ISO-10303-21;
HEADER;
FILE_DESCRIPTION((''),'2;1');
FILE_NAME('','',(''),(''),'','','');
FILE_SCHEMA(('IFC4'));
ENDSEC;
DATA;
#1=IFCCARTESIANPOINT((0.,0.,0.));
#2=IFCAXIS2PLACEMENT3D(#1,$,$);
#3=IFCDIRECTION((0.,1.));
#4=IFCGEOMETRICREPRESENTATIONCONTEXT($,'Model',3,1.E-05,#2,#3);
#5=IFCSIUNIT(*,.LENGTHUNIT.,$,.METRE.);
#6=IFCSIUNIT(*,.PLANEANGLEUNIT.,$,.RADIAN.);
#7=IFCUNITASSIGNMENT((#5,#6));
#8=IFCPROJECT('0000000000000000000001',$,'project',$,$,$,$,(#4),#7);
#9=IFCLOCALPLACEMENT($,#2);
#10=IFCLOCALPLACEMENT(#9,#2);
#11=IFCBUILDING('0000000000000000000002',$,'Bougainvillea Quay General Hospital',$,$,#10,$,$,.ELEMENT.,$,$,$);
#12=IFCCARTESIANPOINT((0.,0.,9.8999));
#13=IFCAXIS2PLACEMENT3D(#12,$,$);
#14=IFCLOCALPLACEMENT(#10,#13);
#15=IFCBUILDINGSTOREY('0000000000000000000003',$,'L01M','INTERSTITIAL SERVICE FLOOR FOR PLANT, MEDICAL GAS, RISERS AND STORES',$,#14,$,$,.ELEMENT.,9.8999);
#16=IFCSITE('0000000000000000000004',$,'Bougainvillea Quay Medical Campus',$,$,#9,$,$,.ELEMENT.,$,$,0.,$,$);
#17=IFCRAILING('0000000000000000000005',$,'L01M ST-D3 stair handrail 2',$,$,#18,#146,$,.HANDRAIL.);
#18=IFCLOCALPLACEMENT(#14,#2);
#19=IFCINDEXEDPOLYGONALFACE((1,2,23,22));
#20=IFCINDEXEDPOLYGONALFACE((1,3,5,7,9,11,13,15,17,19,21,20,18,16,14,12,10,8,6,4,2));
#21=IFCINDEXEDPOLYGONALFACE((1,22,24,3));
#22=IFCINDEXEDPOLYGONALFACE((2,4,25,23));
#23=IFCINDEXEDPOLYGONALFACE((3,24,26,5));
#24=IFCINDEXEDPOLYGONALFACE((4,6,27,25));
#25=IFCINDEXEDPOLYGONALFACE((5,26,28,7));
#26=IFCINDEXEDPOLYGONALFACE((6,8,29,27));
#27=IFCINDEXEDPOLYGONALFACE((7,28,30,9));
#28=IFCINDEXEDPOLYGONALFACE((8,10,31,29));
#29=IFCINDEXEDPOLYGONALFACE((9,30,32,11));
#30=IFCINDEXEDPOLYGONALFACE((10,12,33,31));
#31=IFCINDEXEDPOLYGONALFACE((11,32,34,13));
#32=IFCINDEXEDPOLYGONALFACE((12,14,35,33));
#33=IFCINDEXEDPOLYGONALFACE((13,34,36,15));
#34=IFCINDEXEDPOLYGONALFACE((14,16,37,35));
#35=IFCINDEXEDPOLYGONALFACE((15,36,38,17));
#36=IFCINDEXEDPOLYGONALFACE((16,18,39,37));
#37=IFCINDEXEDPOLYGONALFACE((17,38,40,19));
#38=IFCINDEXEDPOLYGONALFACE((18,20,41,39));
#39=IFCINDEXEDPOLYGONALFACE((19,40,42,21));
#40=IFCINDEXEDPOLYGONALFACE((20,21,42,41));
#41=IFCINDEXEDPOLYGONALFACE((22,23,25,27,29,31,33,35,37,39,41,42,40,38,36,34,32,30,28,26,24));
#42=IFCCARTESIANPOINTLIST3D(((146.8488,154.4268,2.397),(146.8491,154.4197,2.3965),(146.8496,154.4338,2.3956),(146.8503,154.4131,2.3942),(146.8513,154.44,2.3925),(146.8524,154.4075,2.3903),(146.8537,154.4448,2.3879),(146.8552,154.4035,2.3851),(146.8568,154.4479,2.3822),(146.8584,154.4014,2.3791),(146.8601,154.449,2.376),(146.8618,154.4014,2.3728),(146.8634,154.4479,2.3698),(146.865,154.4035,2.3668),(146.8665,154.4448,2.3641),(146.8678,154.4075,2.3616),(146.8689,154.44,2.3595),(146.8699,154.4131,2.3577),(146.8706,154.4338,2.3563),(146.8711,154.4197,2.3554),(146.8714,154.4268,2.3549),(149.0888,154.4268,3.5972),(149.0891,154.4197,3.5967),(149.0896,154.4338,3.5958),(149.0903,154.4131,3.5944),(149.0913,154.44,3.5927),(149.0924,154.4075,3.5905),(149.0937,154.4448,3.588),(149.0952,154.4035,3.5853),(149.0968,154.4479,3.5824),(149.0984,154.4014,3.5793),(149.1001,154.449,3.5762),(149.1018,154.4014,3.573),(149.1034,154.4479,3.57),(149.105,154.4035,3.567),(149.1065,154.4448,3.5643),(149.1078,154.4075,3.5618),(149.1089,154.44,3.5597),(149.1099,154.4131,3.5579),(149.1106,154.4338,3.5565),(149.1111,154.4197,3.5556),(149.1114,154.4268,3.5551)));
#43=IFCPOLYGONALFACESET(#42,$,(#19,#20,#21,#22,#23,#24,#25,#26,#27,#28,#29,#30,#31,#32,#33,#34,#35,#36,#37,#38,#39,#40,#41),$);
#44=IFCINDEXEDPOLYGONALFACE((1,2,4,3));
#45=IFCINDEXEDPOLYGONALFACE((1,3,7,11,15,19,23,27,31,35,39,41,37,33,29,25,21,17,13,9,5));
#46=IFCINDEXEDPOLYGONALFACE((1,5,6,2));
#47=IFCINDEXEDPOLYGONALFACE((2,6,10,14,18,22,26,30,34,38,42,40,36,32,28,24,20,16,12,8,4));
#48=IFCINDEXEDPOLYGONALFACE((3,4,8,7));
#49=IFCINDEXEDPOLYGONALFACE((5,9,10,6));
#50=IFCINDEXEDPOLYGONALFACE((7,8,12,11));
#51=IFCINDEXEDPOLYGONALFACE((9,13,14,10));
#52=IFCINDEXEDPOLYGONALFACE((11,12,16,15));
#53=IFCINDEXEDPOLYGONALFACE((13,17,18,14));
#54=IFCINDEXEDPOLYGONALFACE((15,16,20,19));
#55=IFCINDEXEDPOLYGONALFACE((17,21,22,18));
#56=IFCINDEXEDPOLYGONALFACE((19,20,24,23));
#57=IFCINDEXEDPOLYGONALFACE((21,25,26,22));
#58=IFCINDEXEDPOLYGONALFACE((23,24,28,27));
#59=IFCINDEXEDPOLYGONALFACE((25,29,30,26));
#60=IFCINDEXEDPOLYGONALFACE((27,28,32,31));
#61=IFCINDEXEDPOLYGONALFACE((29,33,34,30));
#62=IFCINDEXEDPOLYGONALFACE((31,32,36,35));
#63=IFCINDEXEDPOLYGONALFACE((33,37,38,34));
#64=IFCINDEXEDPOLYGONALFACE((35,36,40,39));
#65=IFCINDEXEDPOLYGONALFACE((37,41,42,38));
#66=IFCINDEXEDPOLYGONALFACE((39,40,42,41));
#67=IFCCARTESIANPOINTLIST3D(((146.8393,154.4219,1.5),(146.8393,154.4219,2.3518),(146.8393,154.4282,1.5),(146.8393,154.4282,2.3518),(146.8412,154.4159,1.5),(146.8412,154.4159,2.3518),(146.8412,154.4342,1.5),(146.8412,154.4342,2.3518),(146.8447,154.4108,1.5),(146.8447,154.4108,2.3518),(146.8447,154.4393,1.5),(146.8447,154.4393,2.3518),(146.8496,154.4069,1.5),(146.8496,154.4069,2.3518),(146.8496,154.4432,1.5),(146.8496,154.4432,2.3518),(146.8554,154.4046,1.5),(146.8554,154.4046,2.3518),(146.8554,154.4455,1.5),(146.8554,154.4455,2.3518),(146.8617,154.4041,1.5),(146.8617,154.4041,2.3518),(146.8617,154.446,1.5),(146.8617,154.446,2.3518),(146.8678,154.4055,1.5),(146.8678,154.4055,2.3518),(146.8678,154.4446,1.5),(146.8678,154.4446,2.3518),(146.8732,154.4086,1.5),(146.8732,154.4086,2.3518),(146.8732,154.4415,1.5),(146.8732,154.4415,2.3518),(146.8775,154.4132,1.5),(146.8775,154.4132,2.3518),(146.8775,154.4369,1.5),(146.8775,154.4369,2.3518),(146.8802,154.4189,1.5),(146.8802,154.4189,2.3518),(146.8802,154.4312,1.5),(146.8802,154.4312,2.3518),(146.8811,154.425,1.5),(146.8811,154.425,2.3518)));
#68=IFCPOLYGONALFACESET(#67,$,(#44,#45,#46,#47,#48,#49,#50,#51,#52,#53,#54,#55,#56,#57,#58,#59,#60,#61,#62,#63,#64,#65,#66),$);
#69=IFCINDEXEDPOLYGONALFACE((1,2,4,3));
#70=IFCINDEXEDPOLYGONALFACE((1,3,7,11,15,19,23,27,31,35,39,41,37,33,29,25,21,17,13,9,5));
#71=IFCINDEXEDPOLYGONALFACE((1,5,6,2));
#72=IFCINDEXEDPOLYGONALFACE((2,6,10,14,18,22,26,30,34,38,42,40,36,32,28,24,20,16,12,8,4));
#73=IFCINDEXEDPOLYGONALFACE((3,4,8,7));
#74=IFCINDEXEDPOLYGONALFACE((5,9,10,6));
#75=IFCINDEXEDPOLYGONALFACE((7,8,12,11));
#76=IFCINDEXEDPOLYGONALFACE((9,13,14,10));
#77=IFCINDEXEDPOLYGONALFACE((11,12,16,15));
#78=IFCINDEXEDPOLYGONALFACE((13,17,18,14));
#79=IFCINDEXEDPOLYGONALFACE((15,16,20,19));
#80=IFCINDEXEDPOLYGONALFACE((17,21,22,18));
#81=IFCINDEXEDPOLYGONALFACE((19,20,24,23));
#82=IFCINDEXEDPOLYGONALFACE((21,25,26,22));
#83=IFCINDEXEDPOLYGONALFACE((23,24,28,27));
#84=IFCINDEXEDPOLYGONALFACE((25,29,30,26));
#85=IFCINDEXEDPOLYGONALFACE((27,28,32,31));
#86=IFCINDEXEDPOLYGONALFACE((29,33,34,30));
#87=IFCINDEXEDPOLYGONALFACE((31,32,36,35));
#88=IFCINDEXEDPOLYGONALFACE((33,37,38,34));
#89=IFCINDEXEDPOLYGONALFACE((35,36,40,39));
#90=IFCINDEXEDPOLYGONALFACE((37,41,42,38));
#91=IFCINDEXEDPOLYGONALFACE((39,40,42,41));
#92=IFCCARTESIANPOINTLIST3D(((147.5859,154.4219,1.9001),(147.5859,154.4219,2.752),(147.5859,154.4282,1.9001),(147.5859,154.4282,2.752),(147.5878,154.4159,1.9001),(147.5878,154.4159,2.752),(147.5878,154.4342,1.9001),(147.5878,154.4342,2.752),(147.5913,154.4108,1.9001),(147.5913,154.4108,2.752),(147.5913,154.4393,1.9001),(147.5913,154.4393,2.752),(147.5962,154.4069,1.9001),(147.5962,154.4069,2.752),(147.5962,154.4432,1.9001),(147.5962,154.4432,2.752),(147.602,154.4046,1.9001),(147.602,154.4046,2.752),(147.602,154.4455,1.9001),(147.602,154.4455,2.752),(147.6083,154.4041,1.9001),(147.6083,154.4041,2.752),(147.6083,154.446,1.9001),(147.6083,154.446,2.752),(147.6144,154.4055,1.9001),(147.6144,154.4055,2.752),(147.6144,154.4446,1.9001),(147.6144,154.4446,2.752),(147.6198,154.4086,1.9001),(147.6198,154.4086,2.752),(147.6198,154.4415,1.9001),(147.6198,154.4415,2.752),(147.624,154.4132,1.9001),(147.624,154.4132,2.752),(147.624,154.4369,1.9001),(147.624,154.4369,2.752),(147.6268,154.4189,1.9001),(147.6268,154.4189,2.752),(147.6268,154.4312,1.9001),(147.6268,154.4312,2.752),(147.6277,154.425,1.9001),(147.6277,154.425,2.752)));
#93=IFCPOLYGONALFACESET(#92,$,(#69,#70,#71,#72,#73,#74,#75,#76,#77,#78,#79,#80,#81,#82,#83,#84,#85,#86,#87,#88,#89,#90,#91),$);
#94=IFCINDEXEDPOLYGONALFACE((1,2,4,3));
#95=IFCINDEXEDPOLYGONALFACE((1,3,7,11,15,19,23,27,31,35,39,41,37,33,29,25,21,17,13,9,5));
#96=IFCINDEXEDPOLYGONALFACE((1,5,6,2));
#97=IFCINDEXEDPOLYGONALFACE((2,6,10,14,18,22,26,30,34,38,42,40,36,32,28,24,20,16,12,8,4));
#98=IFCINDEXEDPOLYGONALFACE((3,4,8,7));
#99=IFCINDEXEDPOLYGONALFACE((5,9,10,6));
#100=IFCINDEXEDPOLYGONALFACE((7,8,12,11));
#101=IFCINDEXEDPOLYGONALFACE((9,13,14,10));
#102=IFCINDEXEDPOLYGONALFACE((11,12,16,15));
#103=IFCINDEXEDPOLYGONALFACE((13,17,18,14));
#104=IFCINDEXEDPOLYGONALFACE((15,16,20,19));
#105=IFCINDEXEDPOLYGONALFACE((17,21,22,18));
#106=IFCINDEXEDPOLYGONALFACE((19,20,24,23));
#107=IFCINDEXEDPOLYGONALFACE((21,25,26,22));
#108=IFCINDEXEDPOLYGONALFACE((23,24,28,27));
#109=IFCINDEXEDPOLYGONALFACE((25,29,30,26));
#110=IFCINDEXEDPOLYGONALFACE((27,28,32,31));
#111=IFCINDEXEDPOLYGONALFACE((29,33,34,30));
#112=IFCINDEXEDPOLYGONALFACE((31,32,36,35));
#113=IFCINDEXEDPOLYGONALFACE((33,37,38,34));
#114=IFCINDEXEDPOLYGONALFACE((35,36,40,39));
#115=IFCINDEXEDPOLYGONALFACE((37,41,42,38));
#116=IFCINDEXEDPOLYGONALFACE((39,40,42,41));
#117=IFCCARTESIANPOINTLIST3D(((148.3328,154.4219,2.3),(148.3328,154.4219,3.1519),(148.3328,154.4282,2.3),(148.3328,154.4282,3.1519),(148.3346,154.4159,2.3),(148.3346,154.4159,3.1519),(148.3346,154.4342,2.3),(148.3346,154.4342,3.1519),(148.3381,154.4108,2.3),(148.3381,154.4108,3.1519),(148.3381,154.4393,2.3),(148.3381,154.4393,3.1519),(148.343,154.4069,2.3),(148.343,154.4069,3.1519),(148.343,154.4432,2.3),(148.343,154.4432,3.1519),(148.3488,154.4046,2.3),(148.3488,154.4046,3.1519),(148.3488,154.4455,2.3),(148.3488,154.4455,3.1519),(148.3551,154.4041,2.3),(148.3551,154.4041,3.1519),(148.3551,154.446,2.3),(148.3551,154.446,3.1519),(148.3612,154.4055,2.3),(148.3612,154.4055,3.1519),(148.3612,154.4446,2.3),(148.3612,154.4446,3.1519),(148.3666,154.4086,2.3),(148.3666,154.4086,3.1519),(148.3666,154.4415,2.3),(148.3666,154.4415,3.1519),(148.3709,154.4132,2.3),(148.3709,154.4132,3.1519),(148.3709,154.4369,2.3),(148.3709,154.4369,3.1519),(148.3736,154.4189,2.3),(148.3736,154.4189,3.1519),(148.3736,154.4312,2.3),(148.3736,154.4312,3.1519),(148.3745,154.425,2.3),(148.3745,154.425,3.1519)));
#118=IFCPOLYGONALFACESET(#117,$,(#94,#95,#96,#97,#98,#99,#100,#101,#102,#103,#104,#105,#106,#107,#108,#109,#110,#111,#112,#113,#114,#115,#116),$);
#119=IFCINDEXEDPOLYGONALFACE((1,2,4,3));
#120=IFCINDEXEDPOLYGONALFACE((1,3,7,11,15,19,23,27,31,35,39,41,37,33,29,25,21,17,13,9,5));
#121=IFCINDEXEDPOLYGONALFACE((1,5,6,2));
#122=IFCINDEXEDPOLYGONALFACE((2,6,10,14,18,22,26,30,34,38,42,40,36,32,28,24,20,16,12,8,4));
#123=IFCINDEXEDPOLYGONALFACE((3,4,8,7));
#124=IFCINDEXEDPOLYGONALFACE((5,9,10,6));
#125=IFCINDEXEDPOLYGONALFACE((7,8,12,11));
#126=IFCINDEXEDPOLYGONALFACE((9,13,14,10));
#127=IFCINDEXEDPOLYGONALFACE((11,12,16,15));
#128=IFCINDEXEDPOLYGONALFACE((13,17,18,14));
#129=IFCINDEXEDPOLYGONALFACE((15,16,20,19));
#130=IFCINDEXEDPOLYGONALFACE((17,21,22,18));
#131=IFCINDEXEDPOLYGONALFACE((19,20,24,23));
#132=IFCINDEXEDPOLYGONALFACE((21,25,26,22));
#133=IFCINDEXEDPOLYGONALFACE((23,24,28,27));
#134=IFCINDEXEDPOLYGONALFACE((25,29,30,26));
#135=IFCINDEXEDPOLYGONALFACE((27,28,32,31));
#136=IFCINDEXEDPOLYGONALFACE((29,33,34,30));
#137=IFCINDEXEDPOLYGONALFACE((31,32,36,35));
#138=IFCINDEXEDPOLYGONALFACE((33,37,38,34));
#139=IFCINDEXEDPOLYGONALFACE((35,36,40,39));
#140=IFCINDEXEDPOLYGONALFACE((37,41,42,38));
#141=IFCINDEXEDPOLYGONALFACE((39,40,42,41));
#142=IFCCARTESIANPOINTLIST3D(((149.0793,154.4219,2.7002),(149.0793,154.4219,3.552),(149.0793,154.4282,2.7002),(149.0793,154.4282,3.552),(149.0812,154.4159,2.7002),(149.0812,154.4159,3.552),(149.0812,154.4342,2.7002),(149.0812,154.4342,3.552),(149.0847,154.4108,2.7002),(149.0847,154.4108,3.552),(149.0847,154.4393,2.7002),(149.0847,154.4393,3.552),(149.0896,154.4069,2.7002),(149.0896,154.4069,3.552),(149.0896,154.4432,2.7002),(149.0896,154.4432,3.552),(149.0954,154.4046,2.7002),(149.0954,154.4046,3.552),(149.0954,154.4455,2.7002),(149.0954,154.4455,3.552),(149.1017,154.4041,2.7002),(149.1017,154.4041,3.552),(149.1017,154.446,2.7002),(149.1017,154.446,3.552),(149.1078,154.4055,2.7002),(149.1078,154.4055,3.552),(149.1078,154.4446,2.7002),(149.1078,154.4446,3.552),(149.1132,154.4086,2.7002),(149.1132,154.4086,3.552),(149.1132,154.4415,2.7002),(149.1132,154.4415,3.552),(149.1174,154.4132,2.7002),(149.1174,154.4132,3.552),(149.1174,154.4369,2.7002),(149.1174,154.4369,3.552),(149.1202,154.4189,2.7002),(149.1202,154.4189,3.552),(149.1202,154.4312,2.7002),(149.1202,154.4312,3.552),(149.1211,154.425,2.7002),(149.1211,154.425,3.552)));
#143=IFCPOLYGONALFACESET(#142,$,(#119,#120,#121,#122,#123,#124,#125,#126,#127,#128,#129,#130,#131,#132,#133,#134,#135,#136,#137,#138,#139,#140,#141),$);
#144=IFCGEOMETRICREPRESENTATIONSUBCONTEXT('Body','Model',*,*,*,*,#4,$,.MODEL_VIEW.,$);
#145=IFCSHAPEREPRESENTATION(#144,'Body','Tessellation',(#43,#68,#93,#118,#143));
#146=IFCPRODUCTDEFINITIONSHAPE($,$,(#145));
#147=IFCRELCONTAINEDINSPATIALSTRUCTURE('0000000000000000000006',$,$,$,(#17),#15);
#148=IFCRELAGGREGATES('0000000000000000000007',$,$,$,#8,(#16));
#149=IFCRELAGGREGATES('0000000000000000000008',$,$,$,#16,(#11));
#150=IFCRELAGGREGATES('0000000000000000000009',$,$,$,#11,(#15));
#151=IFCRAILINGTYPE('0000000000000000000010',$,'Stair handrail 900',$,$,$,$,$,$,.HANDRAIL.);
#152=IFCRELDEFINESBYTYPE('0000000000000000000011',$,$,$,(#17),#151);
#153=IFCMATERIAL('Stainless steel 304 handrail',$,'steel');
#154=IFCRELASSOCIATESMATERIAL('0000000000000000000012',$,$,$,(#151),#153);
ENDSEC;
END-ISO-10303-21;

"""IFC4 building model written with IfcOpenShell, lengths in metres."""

from ifc_helpers import new_model, si_unit, direction, frame, origin, origin_2d, place, context, subcontext, project, spatial, circle, extrude, material, type_object, element, save


model = new_model("IFC4")

# Units and contexts
model_context = context("Model", 3, precision=1e-05, world=origin(), true_north=direction((0.0, 1.0)))
body_context = subcontext(model_context, "Body", "Model", "MODEL_VIEW")
ifc_project = project(units=[si_unit("LENGTHUNIT", "METRE"), si_unit("PLANEANGLEUNIT", "RADIAN")], contexts=[model_context])

# Site, building, storey
site_placement = place(None, origin())
site = spatial("IfcSite", under=ifc_project, at=site_placement, Name="Bougainvillea Quay Medical Campus", CompositionType="ELEMENT", RefElevation=0.0)
building_placement = place(site_placement, origin())
building = spatial("IfcBuilding", under=site, at=building_placement, Name="Bougainvillea Quay General Hospital", CompositionType="ELEMENT")
storey_placement = place(building_placement, frame((0.0, 0.0, 9.8999)))
storey = spatial("IfcBuildingStorey", under=building, at=storey_placement, Name="L01M", Description="INTERSTITIAL SERVICE FLOOR FOR PLANT, MEDICAL GAS, RISERS AND STORES", CompositionType="ELEMENT", Elevation=9.8999)

# Railing
ifc_material_1 = material(Name="Stainless steel 304 handrail", Category="steel")
railing_type_1 = type_object("IfcRailingType", Name="Stair handrail 900", PredefinedType="HANDRAIL", material=ifc_material_1)
railing_1_placement = place(storey_placement, frame((146.8601, 154.425, 1.5)))
element("IfcRailing", 1, at=railing_1_placement, inside=storey, type_object=railing_type_1, Name="L01M ST-D3 stair handrail 2", PredefinedType="HANDRAIL", context=body_context, shape_type="SweptSolid", body=[
    extrude(circle(Radius=0.0239, at=origin_2d()), frame((0.0, 0.0, 0.876), z_axis=(0.881447, 0.0, 0.472283), x_axis=(0.0, 1.0, 0.0)), (0.0, 0.0, 1.0), 2.5413),
    extrude(circle(Radius=0.021, at=origin_2d()), origin(), (0.0, 0.0, 1.0), 0.8518),
    extrude(circle(Radius=0.021, at=origin_2d()), frame((0.7466, 0.0, 0.4001)), (0.0, 0.0, 1.0), 0.8518),
    extrude(circle(Radius=0.021, at=origin_2d()), frame((1.4934, 0.0, 0.8)), (0.0, 0.0, 1.0), 0.8518),
    extrude(circle(Radius=0.021, at=origin_2d()), frame((2.24, 0.0, 1.2002)), (0.0, 0.0, 1.0), 0.8518),
])

save(model, "model.ifc")
